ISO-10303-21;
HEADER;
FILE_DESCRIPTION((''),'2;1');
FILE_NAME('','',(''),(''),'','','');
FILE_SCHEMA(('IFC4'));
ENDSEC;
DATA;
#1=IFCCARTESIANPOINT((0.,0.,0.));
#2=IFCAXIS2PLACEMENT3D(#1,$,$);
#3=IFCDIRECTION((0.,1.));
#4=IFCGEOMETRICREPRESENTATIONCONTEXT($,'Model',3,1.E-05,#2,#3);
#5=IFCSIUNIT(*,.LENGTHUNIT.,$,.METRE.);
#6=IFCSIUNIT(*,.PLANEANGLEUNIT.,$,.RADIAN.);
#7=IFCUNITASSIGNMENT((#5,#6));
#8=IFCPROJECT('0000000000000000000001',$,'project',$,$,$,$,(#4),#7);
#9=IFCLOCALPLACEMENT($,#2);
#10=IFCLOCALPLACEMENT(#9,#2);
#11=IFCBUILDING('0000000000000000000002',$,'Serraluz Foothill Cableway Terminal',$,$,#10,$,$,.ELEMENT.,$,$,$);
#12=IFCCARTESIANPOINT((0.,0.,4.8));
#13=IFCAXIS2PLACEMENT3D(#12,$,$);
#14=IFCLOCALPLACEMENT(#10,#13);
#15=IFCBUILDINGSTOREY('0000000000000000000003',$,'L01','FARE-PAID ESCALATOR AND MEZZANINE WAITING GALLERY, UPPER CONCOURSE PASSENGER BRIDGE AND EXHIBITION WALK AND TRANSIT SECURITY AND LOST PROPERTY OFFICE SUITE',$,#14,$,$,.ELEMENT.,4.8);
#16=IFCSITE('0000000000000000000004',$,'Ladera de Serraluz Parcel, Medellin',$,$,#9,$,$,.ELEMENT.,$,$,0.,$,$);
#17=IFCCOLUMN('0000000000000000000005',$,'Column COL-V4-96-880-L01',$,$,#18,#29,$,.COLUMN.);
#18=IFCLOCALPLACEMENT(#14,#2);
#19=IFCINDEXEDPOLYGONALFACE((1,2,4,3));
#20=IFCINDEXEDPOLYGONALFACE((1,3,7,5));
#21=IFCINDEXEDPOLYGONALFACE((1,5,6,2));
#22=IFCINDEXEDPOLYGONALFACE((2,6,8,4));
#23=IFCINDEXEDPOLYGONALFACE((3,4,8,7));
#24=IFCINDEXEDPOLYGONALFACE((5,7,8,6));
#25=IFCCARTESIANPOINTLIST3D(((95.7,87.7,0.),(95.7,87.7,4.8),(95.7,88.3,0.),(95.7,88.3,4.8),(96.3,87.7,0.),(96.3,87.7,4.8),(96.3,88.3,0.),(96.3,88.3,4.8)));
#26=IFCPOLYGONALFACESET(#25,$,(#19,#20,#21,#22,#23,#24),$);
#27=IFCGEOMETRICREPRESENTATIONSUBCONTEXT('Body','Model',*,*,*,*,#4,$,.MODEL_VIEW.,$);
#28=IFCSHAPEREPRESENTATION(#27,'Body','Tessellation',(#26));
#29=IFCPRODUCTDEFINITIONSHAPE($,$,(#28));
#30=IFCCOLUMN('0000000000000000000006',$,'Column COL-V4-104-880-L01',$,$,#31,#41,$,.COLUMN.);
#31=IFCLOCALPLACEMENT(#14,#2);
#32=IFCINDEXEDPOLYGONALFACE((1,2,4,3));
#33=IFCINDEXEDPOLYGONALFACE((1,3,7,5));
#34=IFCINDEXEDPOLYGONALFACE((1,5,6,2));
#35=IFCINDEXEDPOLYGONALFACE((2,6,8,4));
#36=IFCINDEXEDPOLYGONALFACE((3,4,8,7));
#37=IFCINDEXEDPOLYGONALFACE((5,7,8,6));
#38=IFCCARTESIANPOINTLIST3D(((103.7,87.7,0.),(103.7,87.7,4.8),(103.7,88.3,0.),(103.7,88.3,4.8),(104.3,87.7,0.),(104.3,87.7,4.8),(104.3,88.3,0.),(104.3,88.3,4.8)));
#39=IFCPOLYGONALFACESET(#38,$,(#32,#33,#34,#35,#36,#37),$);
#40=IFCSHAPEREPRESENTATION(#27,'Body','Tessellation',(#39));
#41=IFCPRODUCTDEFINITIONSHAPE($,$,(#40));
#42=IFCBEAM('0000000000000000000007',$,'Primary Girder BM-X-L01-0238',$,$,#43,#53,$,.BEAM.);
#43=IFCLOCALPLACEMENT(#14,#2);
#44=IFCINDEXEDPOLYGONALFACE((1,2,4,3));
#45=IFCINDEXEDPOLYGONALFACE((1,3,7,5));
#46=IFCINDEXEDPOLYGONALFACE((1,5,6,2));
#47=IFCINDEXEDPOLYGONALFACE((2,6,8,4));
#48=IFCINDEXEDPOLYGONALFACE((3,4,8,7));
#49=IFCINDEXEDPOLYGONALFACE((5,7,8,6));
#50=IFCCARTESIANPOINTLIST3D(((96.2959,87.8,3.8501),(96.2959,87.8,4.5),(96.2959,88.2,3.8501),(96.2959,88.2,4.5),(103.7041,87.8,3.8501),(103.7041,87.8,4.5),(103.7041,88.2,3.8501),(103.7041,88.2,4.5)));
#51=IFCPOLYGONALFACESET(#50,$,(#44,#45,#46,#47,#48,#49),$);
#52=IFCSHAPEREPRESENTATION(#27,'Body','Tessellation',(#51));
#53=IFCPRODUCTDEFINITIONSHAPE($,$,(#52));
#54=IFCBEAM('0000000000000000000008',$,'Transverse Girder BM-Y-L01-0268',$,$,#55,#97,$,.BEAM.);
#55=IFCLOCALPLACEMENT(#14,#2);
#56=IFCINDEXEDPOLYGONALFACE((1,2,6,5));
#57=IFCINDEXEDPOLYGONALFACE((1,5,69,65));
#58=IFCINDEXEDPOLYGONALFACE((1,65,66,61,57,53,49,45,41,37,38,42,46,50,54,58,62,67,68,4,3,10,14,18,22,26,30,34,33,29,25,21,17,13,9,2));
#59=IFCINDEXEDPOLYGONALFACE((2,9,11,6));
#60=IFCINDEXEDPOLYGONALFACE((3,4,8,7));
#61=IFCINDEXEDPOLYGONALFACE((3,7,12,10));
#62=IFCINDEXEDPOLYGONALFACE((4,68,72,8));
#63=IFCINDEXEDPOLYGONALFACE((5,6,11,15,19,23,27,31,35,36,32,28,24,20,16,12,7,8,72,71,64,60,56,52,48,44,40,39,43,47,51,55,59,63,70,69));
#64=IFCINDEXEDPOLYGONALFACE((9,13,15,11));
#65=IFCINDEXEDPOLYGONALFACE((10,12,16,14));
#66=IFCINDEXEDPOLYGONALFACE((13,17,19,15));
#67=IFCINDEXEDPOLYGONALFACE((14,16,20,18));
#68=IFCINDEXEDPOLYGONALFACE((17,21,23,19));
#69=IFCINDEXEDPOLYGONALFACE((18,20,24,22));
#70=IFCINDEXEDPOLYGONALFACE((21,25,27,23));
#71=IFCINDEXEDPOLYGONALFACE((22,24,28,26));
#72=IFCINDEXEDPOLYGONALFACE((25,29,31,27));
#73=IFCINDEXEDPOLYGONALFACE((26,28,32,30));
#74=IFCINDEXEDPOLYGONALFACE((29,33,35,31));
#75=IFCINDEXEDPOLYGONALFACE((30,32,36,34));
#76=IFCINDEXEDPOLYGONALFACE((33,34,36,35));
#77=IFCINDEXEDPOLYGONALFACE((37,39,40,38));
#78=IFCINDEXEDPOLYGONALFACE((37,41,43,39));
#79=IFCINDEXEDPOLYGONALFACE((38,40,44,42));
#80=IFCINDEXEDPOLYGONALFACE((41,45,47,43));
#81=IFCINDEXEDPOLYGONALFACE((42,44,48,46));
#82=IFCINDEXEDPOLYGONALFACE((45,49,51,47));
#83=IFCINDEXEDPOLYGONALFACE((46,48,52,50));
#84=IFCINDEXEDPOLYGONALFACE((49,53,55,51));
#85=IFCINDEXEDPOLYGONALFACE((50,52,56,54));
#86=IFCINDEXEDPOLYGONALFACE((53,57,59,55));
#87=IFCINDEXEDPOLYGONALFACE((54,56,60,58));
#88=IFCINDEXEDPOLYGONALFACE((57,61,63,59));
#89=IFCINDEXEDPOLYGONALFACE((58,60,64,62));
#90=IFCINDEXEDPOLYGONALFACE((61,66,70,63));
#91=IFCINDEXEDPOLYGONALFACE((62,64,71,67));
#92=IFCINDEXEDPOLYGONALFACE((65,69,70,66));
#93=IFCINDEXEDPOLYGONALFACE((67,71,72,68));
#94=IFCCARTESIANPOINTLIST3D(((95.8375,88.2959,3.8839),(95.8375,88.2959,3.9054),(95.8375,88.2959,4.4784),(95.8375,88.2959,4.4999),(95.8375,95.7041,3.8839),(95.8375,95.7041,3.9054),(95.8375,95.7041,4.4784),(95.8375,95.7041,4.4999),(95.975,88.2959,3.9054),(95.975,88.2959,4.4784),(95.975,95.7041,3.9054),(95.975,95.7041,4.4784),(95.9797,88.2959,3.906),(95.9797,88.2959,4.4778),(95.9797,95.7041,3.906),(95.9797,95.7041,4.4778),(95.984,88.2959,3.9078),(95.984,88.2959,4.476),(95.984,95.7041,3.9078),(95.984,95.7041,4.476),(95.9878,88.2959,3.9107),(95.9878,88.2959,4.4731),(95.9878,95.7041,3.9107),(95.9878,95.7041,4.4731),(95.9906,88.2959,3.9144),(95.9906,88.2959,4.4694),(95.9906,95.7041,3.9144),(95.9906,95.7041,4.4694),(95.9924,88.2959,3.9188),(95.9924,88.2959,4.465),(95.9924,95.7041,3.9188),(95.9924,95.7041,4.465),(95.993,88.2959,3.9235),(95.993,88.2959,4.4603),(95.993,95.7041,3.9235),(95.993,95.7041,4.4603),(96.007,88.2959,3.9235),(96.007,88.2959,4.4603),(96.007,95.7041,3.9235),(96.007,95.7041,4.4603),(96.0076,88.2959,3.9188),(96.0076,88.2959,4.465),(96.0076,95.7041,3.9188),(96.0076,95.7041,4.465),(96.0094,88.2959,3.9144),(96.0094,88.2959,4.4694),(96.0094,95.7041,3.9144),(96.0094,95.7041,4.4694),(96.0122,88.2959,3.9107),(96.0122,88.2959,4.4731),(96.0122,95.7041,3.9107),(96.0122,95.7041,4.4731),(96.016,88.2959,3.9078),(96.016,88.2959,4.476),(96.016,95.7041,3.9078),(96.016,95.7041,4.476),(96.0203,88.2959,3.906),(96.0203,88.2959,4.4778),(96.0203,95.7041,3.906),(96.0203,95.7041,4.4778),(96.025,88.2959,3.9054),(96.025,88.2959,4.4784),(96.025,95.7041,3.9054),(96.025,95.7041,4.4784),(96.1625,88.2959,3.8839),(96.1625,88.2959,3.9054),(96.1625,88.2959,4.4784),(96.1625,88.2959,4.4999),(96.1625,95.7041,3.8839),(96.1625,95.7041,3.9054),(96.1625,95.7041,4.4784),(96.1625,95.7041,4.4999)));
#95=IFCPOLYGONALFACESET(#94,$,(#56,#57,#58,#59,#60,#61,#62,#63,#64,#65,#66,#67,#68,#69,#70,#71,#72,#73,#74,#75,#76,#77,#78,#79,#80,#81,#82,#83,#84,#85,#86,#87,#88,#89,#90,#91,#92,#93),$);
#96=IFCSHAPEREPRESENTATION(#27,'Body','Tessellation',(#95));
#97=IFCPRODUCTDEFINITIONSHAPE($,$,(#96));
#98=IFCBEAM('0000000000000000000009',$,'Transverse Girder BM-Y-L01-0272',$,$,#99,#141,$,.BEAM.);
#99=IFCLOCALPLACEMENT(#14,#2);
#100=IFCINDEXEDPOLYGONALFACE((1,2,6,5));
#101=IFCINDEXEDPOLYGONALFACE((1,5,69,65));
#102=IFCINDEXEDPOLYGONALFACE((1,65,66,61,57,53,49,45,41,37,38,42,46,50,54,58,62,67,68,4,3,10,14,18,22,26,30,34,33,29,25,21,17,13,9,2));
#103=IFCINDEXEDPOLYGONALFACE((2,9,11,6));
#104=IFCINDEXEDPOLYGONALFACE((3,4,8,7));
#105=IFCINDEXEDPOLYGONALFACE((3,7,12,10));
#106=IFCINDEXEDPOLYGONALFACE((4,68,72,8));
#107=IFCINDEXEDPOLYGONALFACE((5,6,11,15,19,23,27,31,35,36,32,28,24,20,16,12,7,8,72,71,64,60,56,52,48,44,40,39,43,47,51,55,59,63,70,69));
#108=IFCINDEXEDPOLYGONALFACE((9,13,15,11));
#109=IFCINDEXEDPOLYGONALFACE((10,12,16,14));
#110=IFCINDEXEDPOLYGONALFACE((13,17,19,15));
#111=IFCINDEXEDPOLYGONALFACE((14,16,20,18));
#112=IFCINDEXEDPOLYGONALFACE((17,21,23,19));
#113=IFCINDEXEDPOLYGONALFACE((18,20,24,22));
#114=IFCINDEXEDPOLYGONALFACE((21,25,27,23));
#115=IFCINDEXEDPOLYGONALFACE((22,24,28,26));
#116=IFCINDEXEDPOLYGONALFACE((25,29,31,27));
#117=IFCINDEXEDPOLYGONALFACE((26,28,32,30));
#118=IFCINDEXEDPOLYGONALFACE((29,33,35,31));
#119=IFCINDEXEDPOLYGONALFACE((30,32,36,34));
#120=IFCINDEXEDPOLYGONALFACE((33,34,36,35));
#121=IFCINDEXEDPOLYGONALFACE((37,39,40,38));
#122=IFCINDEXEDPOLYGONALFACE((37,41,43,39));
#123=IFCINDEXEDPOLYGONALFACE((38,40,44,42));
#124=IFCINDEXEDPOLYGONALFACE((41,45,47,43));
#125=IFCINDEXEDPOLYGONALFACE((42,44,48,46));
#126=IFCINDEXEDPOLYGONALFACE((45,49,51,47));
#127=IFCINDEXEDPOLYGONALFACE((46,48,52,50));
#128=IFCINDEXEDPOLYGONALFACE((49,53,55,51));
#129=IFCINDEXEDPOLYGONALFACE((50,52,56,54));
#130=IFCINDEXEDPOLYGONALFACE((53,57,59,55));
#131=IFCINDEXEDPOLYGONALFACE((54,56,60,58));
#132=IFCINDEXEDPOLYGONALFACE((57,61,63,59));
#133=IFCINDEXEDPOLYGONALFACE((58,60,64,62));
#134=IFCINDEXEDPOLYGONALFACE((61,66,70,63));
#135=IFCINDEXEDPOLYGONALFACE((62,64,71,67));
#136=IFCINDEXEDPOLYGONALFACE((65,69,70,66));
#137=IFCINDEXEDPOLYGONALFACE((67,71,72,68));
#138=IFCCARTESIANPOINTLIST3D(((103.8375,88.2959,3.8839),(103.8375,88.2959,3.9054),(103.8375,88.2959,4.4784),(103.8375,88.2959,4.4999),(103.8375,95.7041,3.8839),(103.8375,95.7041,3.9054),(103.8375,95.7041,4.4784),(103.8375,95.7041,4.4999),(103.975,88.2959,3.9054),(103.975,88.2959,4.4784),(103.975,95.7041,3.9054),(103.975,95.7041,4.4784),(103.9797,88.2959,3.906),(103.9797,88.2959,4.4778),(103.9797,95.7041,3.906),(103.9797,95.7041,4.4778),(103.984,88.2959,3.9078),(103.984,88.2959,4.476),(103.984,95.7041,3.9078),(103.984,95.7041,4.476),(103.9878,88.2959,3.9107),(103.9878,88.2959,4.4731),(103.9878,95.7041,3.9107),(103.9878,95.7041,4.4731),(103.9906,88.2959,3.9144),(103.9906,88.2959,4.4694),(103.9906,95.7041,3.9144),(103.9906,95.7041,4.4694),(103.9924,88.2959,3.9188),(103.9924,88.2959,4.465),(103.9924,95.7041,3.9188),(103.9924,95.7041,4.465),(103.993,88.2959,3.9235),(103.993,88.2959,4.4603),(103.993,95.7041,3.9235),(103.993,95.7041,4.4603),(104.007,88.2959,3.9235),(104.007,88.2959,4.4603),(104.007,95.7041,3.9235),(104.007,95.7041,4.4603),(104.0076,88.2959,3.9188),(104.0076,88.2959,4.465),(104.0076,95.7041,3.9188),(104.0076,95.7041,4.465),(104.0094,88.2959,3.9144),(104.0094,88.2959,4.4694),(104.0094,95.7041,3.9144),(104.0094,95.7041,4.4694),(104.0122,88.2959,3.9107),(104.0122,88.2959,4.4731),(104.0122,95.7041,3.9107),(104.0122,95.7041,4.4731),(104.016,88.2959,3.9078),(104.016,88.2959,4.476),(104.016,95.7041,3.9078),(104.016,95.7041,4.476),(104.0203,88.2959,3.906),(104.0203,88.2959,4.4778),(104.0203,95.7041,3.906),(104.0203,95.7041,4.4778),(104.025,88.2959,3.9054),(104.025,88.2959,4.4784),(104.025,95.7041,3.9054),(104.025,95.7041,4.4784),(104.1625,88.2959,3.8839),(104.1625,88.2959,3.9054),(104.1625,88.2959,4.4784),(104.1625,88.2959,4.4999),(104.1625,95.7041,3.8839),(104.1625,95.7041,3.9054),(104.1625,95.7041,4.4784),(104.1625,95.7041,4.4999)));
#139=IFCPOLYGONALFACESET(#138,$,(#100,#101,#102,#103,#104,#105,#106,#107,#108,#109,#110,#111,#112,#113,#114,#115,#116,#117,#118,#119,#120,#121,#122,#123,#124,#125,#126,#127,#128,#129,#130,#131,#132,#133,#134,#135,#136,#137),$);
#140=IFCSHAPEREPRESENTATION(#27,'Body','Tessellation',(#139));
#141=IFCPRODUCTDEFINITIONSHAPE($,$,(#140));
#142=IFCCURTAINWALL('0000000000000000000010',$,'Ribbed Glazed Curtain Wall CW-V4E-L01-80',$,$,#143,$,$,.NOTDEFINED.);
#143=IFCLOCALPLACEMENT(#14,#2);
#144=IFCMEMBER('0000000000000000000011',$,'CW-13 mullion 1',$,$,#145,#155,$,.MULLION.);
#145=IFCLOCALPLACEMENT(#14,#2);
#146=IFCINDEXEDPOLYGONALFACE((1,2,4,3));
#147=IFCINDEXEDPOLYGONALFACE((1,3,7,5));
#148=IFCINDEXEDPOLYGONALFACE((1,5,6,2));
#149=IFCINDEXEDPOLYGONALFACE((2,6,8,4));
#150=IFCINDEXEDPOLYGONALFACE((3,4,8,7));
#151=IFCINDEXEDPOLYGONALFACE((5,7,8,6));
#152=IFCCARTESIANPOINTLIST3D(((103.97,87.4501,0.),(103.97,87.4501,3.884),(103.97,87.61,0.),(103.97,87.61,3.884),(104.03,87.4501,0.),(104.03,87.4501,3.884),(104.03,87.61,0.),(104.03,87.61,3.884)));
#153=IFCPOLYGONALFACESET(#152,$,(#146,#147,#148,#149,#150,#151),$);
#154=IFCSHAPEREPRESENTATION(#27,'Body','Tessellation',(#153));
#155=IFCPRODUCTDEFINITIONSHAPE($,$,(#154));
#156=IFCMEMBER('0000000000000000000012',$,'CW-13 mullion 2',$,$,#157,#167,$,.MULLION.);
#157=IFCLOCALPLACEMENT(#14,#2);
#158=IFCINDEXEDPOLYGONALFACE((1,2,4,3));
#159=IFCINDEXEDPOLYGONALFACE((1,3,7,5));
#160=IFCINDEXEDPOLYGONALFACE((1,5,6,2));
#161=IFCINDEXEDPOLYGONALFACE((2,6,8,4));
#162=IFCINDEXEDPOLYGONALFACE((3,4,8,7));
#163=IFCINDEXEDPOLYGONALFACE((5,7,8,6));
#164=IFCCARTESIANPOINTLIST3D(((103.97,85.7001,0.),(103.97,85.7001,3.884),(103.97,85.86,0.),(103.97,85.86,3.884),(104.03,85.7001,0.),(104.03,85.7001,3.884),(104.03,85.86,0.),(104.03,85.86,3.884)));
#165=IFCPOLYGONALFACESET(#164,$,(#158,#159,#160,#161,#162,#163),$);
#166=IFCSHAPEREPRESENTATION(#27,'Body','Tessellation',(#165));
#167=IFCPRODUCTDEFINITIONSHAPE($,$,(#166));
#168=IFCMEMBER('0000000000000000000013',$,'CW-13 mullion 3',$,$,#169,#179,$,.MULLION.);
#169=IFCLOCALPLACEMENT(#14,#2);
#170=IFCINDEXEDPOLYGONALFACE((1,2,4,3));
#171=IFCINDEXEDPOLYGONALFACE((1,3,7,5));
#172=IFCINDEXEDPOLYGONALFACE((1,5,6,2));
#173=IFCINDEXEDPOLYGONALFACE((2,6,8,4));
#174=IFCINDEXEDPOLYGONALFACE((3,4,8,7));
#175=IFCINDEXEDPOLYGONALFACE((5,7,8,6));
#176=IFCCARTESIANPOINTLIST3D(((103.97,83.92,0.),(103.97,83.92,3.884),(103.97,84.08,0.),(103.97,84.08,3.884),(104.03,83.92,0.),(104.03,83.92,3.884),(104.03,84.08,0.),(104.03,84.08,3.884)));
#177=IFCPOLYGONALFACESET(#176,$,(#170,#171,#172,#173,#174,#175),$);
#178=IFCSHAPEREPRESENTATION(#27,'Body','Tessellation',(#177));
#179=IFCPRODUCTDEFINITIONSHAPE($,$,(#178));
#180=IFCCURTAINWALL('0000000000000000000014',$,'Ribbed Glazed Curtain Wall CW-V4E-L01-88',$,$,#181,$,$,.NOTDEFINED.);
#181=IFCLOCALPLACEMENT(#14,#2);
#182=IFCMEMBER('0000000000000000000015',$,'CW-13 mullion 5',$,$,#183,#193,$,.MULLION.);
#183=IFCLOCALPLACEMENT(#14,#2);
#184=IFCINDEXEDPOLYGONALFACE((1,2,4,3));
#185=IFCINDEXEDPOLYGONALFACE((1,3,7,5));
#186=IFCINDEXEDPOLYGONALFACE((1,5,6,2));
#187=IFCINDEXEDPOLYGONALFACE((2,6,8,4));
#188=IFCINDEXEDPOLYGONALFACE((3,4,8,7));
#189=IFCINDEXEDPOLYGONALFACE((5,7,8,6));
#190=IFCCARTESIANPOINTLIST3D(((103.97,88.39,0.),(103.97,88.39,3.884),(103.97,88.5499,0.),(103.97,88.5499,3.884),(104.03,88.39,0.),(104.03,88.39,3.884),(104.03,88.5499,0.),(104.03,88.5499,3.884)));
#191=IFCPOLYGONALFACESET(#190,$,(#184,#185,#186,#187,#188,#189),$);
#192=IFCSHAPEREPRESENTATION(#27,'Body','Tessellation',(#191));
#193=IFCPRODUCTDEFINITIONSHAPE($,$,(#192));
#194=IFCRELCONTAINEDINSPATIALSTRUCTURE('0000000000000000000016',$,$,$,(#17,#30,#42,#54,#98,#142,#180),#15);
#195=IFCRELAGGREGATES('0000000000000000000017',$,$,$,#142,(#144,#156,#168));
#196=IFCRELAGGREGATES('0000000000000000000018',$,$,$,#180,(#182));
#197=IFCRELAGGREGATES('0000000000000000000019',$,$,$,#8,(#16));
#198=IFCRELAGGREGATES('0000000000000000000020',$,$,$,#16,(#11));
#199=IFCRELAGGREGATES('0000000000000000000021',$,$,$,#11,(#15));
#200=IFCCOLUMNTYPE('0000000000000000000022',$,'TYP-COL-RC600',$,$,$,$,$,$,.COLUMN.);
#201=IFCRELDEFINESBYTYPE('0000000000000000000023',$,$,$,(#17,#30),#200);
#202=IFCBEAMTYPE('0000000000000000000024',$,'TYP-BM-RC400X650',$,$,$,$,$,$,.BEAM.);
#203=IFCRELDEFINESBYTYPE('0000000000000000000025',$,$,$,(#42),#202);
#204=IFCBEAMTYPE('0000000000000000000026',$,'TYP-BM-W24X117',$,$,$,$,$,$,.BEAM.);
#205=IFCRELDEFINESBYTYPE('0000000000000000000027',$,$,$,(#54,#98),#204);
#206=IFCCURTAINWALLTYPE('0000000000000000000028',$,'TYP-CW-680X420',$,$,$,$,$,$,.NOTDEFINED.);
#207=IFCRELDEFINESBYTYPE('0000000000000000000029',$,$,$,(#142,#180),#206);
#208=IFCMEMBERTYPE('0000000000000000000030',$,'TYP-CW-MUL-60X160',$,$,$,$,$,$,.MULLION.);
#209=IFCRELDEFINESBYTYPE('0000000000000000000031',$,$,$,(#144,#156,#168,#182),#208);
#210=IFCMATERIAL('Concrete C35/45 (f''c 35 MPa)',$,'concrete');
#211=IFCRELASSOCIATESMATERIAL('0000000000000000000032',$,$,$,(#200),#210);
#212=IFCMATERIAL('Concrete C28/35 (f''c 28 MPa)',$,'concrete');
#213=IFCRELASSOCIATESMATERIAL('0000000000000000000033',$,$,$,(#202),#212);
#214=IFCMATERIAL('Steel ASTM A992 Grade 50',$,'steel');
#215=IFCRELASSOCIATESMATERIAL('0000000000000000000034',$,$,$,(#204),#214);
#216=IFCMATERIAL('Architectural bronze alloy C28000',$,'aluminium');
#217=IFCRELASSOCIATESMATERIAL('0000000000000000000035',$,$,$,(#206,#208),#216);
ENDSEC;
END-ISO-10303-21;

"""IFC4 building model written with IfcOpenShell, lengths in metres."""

from ifc_helpers import new_model, si_unit, direction, frame, origin, origin_2d, place, context, subcontext, project, spatial, rectangle, i_section, extrude, material, material_profile, profile_set, type_object, element, aggregate, save


model = new_model("IFC4")

# Units and contexts
model_context = context("Model", 3, precision=1e-05, world=origin(), true_north=direction((0.0, 1.0)))
body_context = subcontext(model_context, "Body", "Model", "MODEL_VIEW")
ifc_project = project(units=[si_unit("LENGTHUNIT", "METRE"), si_unit("PLANEANGLEUNIT", "RADIAN")], contexts=[model_context])

# Site, building, storey
site_placement = place(None, origin())
site = spatial("IfcSite", under=ifc_project, at=site_placement, Name="Ladera de Serraluz Parcel, Medellin", CompositionType="ELEMENT", RefElevation=0.0)
building_placement = place(site_placement, origin())
building = spatial("IfcBuilding", under=site, at=building_placement, Name="Serraluz Foothill Cableway Terminal", CompositionType="ELEMENT")
storey_placement = place(building_placement, frame((0.0, 0.0, 4.8)))
storey = spatial("IfcBuildingStorey", under=building, at=storey_placement, Name="L01", Description="FARE-PAID ESCALATOR AND MEZZANINE WAITING GALLERY, UPPER CONCOURSE PASSENGER BRIDGE AND EXHIBITION WALK AND TRANSIT SECURITY AND LOST PROPERTY OFFICE SUITE", CompositionType="ELEMENT", Elevation=4.8)

# Columns
ifc_material_1 = material(Name="Concrete C35/45 (f'c 35 MPa)", Category="concrete")
ifc_material_profile_1 = material_profile(ifc_material_1, rectangle(XDim=0.6001, YDim=0.6001, at=origin_2d()), Name="RC 600x600")
ifc_profile_set_1 = profile_set([ifc_material_profile_1], Name="Concrete C35/45 (f'c 35 MPa)")
column_type = type_object("IfcColumnType", Name="TYP-COL-RC600", PredefinedType="COLUMN", material=ifc_profile_set_1)
for number, where, z_axis, x_axis, name in (
    (1, (96.0, 88.0, 0.0), (0.0, 0.0, 1.0), (1.0, 0.0, 0.0), "Column COL-V4-96-880-L01"),
    (2, (104.0, 88.0, 0.0), (0.0, 0.0, 1.0), (1.0, 0.0, 0.0), "Column COL-V4-104-880-L01"),
):
    element("IfcColumn", number, at=place(storey_placement, frame(where, z_axis=z_axis, x_axis=x_axis)), inside=storey, type_object=column_type, Name=name, PredefinedType="COLUMN", context=body_context, shape_type="SweptSolid", body=[
        extrude(rectangle(XDim=0.6001, YDim=0.6001, at=origin_2d()), origin(), (0.0, 0.0, 1.0), 4.8),
    ])

# Beams
ifc_material_2 = material(Name="Concrete C28/35 (f'c 28 MPa)", Category="concrete")
ifc_material_profile_2 = material_profile(ifc_material_2, rectangle(XDim=0.3999, YDim=0.6499, at=origin_2d()), Name="RC 400x650")
ifc_profile_set_2 = profile_set([ifc_material_profile_2], Name="Concrete C28/35 (f'c 28 MPa)")
beam_type_1 = type_object("IfcBeamType", Name="TYP-BM-RC400X650", PredefinedType="BEAM", material=ifc_profile_set_2)
beam_placement = place(storey_placement, frame((96.2959, 88.0, 4.175), z_axis=(1.0, 0.0, 0.0), x_axis=(0.0, 1.0, 0.0)))
element("IfcBeam", 3, at=beam_placement, inside=storey, type_object=beam_type_1, Name="Primary Girder BM-X-L01-0238", PredefinedType="BEAM", context=body_context, shape_type="SweptSolid", body=[
    extrude(rectangle(XDim=0.3999, YDim=0.6499, at=origin_2d()), origin(), (0.0, 0.0, 1.0), 7.4082),
])
ifc_material_3 = material(Name="Steel ASTM A992 Grade 50", Category="steel")
ifc_material_profile_3 = material_profile(ifc_material_3, i_section(OverallWidth=0.325, OverallDepth=0.616, WebThickness=0.0139, FlangeThickness=0.0215, FilletRadius=0.0181, at=origin_2d()), Name="W24X117")
ifc_profile_set_3 = profile_set([ifc_material_profile_3], Name="Steel ASTM A992 Grade 50")
beam_type_2 = type_object("IfcBeamType", Name="TYP-BM-W24X117", PredefinedType="BEAM", material=ifc_profile_set_3)
for number, where, z_axis, x_axis, name in (
    (4, (96.0, 88.2959, 4.1919), (0.0, 1.0, 0.0), (-1.0, 0.0, 0.0), "Transverse Girder BM-Y-L01-0268"),
    (5, (104.0, 88.2959, 4.1919), (0.0, 1.0, 0.0), (-1.0, 0.0, 0.0), "Transverse Girder BM-Y-L01-0272"),
):
    element("IfcBeam", number, at=place(storey_placement, frame(where, z_axis=z_axis, x_axis=x_axis)), inside=storey, type_object=beam_type_2, Name=name, PredefinedType="BEAM", context=body_context, shape_type="SweptSolid", body=[
        extrude(i_section(OverallWidth=0.325, OverallDepth=0.616, WebThickness=0.0139, FlangeThickness=0.0215, FilletRadius=0.0181, at=origin_2d()), origin(), (0.0, 0.0, 1.0), 7.4082),
    ])

# Curtain wall, members
ifc_material_4 = material(Name="Architectural bronze alloy C28000", Category="aluminium")
curtain_wall_type = type_object("IfcCurtainWallType", Name="TYP-CW-680X420", PredefinedType="NOTDEFINED", material=ifc_material_4)
curtain_wall_1_placement = place(storey_placement, origin())
curtain_wall_1 = element("IfcCurtainWall", 6, at=curtain_wall_1_placement, inside=storey, type_object=curtain_wall_type, Name="Ribbed Glazed Curtain Wall CW-V4E-L01-80", PredefinedType="NOTDEFINED")
ifc_material_profile_4 = material_profile(ifc_material_4, rectangle(XDim=0.0601, YDim=0.1599, at=origin_2d()), Name="ALU MULLION 60x160")
ifc_profile_set_4 = profile_set([ifc_material_profile_4], Name="Architectural bronze alloy C28000")
member_type_1 = type_object("IfcMemberType", Name="TYP-CW-MUL-60X160", PredefinedType="MULLION", material=ifc_profile_set_4)
member_1_placement = place(storey_placement, frame((104.0, 87.53, 0.0), z_axis=(0.0, 0.0, 1.0), x_axis=(1.0, 0.0, 0.0)))
member_1 = element("IfcMember", 7, at=member_1_placement, type_object=member_type_1, Name="CW-13 mullion 1", PredefinedType="MULLION", context=body_context, shape_type="SweptSolid", body=[
    extrude(rectangle(XDim=0.0601, YDim=0.1599, at=origin_2d()), origin(), (0.0, 0.0, 1.0), 3.884),
])
member_2_placement = place(storey_placement, frame((104.0, 85.78, 0.0), z_axis=(0.0, 0.0, 1.0), x_axis=(1.0, 0.0, 0.0)))
member_2 = element("IfcMember", 8, at=member_2_placement, type_object=member_type_1, Name="CW-13 mullion 2", PredefinedType="MULLION", context=body_context, shape_type="SweptSolid", body=[
    extrude(rectangle(XDim=0.0601, YDim=0.1599, at=origin_2d()), origin(), (0.0, 0.0, 1.0), 3.884),
])
member_3_placement = place(storey_placement, frame((104.0, 84.0, 0.0), z_axis=(0.0, 0.0, 1.0), x_axis=(1.0, 0.0, 0.0)))
member_3 = element("IfcMember", 9, at=member_3_placement, type_object=member_type_1, Name="CW-13 mullion 3", PredefinedType="MULLION", context=body_context, shape_type="SweptSolid", body=[
    extrude(rectangle(XDim=0.0601, YDim=0.1599, at=origin_2d()), origin(), (0.0, 0.0, 1.0), 3.884),
])

# Curtain wall, member
curtain_wall_2_placement = place(storey_placement, origin())
curtain_wall_2 = element("IfcCurtainWall", 10, at=curtain_wall_2_placement, inside=storey, type_object=curtain_wall_type, Name="Ribbed Glazed Curtain Wall CW-V4E-L01-88", PredefinedType="NOTDEFINED")
member_4_placement = place(storey_placement, frame((104.0, 88.47, 0.0), z_axis=(0.0, 0.0, 1.0), x_axis=(1.0, 0.0, 0.0)))
member_4 = element("IfcMember", 11, at=member_4_placement, type_object=member_type_1, Name="CW-13 mullion 5", PredefinedType="MULLION", context=body_context, shape_type="SweptSolid", body=[
    extrude(rectangle(XDim=0.0601, YDim=0.1599, at=origin_2d()), origin(), (0.0, 0.0, 1.0), 3.884),
])

aggregate(curtain_wall_1, [member_1, member_2, member_3])
aggregate(curtain_wall_2, [member_4])

save(model, "model.ifc")
